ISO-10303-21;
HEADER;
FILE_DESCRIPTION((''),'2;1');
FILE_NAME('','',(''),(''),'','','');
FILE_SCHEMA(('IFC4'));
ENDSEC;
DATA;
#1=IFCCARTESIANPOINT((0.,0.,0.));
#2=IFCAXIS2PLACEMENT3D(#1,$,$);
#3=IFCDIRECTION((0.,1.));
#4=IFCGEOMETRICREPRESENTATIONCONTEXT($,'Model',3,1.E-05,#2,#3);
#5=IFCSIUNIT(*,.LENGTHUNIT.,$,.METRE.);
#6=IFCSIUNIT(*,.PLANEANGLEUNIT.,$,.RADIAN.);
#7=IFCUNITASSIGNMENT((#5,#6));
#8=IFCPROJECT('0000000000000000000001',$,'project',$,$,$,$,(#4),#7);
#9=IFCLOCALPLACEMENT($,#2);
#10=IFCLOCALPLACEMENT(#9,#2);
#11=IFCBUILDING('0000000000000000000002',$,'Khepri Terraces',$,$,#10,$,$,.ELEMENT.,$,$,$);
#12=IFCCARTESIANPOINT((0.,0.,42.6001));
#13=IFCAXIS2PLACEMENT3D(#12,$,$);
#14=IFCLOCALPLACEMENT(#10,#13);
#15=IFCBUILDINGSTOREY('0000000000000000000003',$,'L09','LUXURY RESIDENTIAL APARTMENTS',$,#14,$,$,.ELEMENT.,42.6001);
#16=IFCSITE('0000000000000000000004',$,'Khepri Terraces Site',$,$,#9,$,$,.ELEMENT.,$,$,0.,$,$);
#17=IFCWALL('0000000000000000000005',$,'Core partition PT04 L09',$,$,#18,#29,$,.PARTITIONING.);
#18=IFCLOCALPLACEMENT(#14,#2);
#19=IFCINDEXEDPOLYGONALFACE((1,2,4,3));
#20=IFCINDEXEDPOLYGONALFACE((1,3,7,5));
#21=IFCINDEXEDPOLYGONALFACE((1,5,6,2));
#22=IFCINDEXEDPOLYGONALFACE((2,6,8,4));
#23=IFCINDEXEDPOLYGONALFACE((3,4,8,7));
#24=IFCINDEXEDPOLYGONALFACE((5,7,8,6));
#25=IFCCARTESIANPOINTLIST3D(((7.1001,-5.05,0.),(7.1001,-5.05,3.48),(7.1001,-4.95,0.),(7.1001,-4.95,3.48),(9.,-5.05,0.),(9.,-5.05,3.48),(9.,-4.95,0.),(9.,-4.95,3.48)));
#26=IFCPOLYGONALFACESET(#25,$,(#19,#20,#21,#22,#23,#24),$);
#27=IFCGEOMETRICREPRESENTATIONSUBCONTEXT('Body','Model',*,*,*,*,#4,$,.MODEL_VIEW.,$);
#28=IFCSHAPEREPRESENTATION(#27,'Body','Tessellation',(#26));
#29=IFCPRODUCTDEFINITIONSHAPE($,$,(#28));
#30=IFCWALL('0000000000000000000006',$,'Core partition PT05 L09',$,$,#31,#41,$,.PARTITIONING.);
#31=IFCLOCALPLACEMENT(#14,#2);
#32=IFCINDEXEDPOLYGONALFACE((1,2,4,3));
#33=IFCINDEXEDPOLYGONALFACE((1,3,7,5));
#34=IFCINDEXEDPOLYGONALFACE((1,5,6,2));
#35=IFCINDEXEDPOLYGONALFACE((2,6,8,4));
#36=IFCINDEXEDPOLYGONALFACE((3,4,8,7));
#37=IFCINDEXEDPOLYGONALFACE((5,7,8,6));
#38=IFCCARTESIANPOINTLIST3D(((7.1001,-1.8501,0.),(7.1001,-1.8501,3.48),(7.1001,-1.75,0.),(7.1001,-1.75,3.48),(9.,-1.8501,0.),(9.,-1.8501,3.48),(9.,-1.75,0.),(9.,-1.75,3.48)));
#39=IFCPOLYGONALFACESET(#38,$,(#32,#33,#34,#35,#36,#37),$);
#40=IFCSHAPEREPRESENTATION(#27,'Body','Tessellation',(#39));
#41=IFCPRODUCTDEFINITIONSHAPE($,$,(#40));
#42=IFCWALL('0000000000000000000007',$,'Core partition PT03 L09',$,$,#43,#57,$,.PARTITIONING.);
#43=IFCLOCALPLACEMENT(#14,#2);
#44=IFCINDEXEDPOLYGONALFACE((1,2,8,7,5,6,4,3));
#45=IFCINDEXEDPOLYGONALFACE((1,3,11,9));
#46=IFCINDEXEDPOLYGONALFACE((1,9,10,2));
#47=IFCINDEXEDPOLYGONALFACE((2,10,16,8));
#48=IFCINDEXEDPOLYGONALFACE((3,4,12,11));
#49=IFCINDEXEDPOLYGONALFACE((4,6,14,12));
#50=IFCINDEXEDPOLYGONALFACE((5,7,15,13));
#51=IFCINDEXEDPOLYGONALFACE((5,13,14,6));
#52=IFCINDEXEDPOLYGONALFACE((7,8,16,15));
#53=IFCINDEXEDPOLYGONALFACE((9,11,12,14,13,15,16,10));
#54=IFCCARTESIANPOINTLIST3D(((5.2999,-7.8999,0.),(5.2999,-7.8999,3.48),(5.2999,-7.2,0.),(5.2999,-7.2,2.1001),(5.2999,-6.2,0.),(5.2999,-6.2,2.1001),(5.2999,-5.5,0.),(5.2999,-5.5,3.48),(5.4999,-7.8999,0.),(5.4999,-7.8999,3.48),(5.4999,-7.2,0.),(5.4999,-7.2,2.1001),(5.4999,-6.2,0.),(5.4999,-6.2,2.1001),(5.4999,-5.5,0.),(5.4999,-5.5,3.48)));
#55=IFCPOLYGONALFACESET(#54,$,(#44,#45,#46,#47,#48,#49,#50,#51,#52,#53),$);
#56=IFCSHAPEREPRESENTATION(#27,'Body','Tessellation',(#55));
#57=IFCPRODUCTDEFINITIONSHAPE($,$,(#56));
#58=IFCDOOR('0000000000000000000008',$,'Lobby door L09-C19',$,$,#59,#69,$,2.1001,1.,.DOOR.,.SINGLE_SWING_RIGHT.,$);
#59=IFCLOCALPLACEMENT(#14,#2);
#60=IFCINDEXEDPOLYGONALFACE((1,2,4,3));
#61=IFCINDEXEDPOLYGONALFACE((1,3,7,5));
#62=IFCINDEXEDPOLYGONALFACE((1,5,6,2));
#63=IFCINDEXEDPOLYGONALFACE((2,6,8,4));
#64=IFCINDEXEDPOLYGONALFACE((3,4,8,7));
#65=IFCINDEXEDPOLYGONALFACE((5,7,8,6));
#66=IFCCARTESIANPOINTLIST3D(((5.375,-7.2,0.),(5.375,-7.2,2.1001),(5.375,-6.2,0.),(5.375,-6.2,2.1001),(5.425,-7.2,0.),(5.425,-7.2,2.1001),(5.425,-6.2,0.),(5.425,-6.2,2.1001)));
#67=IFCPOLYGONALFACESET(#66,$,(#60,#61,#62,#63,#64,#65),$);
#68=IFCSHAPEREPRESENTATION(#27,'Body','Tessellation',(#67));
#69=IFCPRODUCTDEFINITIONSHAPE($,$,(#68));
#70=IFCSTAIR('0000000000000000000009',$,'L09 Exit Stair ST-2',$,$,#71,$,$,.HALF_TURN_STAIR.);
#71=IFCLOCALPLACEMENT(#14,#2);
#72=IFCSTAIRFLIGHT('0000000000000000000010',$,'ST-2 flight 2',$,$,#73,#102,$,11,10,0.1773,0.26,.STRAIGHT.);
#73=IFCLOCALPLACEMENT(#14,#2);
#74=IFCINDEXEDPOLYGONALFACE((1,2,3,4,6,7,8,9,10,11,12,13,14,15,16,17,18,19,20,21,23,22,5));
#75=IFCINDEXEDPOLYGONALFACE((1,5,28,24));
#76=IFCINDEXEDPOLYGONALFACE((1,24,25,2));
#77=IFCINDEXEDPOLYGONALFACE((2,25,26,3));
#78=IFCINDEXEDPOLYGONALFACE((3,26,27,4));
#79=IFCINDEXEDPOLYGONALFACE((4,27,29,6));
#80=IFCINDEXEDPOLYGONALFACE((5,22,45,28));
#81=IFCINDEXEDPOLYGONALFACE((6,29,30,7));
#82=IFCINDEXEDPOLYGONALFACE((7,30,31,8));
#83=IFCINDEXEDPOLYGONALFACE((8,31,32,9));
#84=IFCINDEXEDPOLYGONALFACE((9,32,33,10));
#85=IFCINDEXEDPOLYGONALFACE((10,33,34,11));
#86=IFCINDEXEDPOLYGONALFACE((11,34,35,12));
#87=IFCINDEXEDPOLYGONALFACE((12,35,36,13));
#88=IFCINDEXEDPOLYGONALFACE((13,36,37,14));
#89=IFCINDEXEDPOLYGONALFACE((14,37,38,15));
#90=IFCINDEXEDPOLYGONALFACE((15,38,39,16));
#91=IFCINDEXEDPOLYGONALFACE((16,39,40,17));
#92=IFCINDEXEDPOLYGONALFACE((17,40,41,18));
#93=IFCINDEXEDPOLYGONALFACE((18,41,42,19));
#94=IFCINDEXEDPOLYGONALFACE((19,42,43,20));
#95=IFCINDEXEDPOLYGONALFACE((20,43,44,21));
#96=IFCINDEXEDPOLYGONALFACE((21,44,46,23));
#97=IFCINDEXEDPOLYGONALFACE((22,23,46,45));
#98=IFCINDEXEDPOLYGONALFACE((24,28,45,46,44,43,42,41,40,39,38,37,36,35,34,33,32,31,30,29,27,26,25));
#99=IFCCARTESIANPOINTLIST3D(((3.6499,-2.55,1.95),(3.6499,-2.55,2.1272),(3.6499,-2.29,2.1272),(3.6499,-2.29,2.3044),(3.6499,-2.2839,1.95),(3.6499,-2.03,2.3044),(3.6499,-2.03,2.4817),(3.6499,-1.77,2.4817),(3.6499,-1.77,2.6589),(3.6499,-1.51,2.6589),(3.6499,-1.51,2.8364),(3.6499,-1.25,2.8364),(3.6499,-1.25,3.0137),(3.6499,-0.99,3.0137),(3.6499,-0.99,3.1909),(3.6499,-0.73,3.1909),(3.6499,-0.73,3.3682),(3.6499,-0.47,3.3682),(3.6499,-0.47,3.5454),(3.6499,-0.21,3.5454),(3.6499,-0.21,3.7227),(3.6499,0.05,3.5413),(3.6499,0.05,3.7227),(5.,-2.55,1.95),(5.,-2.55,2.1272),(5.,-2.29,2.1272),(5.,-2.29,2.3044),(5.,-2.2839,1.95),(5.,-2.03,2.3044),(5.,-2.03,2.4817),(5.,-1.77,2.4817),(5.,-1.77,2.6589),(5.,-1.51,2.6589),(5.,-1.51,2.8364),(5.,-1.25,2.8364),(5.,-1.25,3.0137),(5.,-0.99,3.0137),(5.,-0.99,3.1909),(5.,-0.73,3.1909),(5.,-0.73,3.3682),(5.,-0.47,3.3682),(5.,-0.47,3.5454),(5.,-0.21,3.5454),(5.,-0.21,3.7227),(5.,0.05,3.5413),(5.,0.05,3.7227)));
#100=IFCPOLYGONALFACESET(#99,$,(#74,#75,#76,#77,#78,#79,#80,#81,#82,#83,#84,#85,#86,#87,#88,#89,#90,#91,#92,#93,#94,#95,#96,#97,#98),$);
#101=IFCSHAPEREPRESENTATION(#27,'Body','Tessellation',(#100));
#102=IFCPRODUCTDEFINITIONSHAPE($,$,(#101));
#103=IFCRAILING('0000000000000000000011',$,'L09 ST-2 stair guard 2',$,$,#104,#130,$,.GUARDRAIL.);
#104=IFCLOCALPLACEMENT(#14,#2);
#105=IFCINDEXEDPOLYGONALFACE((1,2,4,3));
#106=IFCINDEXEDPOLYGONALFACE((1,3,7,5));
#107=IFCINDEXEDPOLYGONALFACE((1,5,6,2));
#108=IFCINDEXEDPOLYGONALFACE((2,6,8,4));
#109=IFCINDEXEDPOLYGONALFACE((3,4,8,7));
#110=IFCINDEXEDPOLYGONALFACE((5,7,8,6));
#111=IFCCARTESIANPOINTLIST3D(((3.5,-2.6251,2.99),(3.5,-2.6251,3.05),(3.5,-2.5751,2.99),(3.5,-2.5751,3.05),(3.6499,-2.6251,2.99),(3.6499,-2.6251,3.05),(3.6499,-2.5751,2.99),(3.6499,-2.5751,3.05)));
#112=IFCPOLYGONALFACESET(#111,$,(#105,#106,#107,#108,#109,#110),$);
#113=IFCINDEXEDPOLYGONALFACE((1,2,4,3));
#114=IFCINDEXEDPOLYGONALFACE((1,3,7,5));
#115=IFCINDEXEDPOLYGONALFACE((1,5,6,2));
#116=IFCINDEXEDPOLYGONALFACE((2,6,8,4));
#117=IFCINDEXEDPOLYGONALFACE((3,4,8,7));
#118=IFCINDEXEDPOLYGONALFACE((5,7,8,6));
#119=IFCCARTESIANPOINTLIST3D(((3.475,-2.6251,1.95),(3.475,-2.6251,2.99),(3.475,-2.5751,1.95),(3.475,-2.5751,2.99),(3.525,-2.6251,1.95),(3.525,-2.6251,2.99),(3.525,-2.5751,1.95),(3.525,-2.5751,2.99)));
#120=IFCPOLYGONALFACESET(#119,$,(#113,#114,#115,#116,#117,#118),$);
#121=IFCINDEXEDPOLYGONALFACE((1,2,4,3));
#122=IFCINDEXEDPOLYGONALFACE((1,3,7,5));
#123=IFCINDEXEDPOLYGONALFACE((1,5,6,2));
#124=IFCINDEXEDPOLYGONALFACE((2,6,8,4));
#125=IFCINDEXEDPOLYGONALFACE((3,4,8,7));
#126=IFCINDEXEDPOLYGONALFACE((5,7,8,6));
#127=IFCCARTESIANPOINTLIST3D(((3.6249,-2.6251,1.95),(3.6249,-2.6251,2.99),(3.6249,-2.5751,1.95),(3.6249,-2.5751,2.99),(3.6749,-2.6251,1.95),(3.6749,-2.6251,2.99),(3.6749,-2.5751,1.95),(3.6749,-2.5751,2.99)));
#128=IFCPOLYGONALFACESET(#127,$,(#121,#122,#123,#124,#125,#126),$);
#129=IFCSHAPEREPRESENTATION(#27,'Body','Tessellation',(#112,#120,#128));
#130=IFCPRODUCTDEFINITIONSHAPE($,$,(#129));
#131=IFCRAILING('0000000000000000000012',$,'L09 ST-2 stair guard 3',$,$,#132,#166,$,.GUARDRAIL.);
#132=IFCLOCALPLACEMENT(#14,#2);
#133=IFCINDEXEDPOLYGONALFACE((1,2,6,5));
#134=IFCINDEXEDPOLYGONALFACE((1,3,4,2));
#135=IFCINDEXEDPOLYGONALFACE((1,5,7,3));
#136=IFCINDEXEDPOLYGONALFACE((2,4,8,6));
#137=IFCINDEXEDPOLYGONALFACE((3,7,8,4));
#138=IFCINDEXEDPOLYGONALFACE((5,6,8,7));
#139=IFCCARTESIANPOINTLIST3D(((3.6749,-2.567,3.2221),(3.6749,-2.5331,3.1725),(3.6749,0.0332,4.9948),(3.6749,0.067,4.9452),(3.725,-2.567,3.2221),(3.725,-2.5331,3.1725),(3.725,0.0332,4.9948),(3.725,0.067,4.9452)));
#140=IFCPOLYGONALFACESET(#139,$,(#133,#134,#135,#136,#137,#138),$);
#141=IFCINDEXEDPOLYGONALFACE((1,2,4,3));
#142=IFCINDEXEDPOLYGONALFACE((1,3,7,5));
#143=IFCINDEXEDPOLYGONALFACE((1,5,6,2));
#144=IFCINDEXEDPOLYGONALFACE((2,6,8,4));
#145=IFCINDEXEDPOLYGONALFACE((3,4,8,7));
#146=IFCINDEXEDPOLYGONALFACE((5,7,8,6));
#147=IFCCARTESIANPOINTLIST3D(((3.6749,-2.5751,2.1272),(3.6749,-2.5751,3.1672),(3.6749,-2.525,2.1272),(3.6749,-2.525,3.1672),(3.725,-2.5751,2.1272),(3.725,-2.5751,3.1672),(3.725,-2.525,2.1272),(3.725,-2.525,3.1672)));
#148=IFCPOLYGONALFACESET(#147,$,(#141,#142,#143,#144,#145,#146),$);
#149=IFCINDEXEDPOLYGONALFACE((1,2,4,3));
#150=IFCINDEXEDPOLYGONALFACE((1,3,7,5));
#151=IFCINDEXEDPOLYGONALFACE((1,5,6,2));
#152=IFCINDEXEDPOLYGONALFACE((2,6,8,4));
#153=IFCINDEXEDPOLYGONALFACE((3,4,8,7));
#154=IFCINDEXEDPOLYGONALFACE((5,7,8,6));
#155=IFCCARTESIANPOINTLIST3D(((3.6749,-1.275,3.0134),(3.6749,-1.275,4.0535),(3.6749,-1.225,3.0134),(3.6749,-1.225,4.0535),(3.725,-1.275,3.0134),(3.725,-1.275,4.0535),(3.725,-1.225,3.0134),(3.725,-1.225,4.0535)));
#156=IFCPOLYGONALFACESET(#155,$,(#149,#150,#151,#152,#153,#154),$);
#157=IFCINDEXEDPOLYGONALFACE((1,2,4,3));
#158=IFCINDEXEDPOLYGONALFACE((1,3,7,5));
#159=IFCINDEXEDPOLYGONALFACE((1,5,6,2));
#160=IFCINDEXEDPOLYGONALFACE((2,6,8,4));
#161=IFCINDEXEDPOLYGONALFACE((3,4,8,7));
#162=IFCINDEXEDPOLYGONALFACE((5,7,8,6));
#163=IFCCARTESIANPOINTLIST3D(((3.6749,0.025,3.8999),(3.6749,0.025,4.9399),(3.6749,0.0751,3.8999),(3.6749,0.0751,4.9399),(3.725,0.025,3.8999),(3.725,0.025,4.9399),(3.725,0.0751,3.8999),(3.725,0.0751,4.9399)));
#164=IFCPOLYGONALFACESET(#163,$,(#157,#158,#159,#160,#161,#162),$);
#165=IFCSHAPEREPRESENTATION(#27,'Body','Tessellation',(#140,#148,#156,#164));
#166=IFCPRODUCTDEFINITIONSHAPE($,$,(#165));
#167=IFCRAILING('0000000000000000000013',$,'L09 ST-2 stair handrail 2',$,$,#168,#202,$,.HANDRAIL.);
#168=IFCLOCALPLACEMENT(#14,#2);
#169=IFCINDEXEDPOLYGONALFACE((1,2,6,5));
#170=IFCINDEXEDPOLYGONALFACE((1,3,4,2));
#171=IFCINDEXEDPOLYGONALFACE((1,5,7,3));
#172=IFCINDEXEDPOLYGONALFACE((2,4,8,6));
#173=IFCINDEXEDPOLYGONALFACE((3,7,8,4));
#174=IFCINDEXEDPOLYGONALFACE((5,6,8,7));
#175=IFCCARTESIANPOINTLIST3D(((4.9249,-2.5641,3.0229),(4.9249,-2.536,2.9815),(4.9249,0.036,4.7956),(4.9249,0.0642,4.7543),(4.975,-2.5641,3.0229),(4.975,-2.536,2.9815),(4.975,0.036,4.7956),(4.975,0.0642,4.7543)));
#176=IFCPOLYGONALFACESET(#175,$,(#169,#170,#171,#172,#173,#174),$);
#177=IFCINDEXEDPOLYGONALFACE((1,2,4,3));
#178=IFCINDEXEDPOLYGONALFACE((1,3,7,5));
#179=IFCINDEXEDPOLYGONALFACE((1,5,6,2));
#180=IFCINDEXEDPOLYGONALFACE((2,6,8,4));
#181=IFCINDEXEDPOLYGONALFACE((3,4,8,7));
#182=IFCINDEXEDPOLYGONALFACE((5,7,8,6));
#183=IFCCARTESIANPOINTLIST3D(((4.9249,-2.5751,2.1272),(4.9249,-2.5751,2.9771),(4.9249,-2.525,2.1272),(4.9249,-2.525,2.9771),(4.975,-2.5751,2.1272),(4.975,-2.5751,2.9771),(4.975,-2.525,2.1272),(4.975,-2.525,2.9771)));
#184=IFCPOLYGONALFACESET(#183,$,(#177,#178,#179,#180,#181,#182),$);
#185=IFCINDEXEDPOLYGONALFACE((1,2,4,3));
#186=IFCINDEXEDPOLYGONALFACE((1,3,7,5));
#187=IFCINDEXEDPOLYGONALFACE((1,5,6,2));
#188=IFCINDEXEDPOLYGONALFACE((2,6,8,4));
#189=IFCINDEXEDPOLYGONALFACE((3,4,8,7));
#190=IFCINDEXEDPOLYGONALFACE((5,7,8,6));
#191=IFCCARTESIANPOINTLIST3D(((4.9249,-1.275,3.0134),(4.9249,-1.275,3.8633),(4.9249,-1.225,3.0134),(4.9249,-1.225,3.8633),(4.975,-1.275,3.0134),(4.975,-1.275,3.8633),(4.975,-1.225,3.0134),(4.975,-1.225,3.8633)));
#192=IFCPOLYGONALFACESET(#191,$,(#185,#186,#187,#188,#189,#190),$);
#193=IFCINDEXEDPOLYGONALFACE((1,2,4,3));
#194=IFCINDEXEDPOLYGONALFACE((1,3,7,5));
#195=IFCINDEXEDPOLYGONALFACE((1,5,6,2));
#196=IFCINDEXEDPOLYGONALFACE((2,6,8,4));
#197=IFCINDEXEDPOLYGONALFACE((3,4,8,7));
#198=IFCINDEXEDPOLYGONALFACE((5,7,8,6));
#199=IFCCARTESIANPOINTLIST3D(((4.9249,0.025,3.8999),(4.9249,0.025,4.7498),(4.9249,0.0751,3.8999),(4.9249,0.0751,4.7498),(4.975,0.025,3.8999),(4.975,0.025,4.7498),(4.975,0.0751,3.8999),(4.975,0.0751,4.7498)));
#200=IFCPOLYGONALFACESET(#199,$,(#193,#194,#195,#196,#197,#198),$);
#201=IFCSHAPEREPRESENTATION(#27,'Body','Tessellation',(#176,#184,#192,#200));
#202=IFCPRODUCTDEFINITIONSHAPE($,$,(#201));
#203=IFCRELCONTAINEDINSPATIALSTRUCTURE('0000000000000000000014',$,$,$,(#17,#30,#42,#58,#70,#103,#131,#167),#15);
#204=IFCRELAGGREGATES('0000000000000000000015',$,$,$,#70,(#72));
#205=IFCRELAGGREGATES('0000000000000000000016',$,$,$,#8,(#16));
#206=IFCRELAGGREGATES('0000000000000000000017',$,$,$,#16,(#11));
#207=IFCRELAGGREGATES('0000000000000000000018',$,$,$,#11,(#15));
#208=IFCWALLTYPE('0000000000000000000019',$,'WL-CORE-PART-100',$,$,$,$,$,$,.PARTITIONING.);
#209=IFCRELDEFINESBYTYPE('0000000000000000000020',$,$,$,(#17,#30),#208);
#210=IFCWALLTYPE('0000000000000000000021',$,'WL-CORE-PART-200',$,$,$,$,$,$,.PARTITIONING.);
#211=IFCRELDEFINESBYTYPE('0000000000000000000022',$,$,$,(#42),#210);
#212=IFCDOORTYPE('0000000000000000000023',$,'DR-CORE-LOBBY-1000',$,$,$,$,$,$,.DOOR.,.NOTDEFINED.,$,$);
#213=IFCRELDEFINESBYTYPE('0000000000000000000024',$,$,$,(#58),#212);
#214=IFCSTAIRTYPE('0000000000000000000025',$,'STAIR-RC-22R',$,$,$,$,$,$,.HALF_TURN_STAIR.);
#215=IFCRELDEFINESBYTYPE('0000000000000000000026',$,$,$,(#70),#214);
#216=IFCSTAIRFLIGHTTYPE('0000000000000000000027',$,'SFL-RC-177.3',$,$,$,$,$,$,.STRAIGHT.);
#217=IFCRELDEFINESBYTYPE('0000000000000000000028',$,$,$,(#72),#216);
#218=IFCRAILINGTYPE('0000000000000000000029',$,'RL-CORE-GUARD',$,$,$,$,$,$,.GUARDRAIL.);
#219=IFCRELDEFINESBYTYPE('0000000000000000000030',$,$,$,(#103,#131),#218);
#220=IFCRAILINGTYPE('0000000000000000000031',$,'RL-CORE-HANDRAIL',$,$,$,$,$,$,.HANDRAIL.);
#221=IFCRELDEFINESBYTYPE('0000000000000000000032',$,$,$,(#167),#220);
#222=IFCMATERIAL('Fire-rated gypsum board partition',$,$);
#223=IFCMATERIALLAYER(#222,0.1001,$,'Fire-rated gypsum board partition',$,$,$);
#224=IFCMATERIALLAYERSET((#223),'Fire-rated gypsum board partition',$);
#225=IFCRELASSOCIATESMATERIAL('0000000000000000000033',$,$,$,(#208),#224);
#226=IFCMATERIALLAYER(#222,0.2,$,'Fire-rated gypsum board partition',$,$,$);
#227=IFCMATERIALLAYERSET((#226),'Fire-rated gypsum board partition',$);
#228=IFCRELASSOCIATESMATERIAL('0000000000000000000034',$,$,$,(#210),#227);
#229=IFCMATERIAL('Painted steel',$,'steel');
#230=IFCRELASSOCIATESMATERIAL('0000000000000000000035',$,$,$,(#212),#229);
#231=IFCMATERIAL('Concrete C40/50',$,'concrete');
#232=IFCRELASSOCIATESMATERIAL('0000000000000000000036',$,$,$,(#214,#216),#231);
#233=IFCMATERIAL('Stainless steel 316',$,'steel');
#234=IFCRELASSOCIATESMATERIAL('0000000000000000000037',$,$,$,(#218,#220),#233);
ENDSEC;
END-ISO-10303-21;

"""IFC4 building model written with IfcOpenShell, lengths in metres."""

from ifc_helpers import new_model, si_unit, direction, frame, frame_2d, origin, origin_2d, place, context, subcontext, project, spatial, polyline, rectangle, outline, extrude, material, layer, layer_set, type_object, element, fill, aggregate, save


model = new_model("IFC4")

# Units and contexts
model_context = context("Model", 3, precision=1e-05, world=origin(), true_north=direction((0.0, 1.0)))
body_context = subcontext(model_context, "Body", "Model", "MODEL_VIEW")
ifc_project = project(units=[si_unit("LENGTHUNIT", "METRE"), si_unit("PLANEANGLEUNIT", "RADIAN")], contexts=[model_context])

# Site, building, storey
site_placement = place(None, origin())
site = spatial("IfcSite", under=ifc_project, at=site_placement, Name="Khepri Terraces Site", CompositionType="ELEMENT", RefElevation=0.0)
building_placement = place(site_placement, origin())
building = spatial("IfcBuilding", under=site, at=building_placement, Name="Khepri Terraces", CompositionType="ELEMENT")
storey_placement = place(building_placement, frame((0.0, 0.0, 42.6001)))
storey = spatial("IfcBuildingStorey", under=building, at=storey_placement, Name="L09", Description="LUXURY RESIDENTIAL APARTMENTS", CompositionType="ELEMENT", Elevation=42.6001)

# Shared definitions
ifc_material_1 = material(Name="Painted steel", Category="steel")

# Walls
ifc_material_2 = material(Name="Fire-rated gypsum board partition")
ifc_layer_1 = layer(ifc_material_2, 0.1001, Name="Fire-rated gypsum board partition")
ifc_layer_set_1 = layer_set([ifc_layer_1], Name="Fire-rated gypsum board partition")
wall_type_1 = type_object("IfcWallType", Name="WL-CORE-PART-100", PredefinedType="PARTITIONING", material=ifc_layer_set_1)
for number, where, z_axis, x_axis, name in (
    (1, (7.1001, -5.0, 0.0), (0.0, 0.0, 1.0), (1.0, 0.0, 0.0), "Core partition PT04 L09"),
    (2, (7.1001, -1.8, 0.0), (0.0, 0.0, 1.0), (1.0, 0.0, 0.0), "Core partition PT05 L09"),
):
    element("IfcWall", number, at=place(storey_placement, frame(where, z_axis=z_axis, x_axis=x_axis)), inside=storey, type_object=wall_type_1, Name=name, PredefinedType="PARTITIONING", context=body_context, shape_type="SweptSolid", body=[
        extrude(rectangle(XDim=1.8999, YDim=0.1001, at=frame_2d((0.95, 0.0))), origin(), (0.0, 0.0, 1.0), 3.48),
    ])

# Wall, opening, door
ifc_layer_2 = layer(ifc_material_2, 0.2, Name="Fire-rated gypsum board partition")
ifc_layer_set_2 = layer_set([ifc_layer_2], Name="Fire-rated gypsum board partition")
wall_type_2 = type_object("IfcWallType", Name="WL-CORE-PART-200", PredefinedType="PARTITIONING", material=ifc_layer_set_2)
wall_1_placement = place(storey_placement, frame((5.3999, -7.8999, 0.0), z_axis=(0.0, 0.0, 1.0), x_axis=(0.0, 1.0, 0.0)))
wall_1 = element("IfcWall", 3, at=wall_1_placement, inside=storey, type_object=wall_type_2, Name="Core partition PT03 L09", PredefinedType="PARTITIONING", context=body_context, shape_type="SweptSolid", body=[
    extrude(rectangle(XDim=2.3999, YDim=0.2, at=frame_2d((1.2, 0.0))), origin(), (0.0, 0.0, 1.0), 3.48),
])
opening_1_placement = place(wall_1_placement, frame((0.7, 0.0, 0.0)))
opening_1 = element("IfcOpeningElement", 4, at=opening_1_placement, cuts=wall_1, PredefinedType="OPENING", context=body_context, shape_type="SweptSolid", body=[
    extrude(rectangle(XDim=1.0, YDim=2.1001, at=frame_2d((0.5, 1.05))), frame((0.0, 0.1099, 0.0), z_axis=(0.0, -1.0, 0.0), x_axis=(1.0, 0.0, 0.0)), (0.0, 0.0, 1.0), 0.22),
])
door_type_1 = type_object("IfcDoorType", Name="DR-CORE-LOBBY-1000", OperationType="NOTDEFINED", PredefinedType="DOOR", material=ifc_material_1)
door_1_placement = place(opening_1_placement, origin())
door_1 = element("IfcDoor", 5, at=door_1_placement, inside=storey, type_object=door_type_1, Name="Lobby door L09-C19", OperationType="SINGLE_SWING_RIGHT", OverallHeight=2.1001, OverallWidth=1.0, PredefinedType="DOOR", context=body_context, shape_type="SweptSolid", body=[
    extrude(rectangle(XDim=1.0, YDim=2.1001, at=frame_2d((0.5, 1.05))), frame((0.0, 0.0249, 0.0), z_axis=(0.0, -1.0, 0.0), x_axis=(1.0, 0.0, 0.0)), (0.0, 0.0, 1.0), 0.05),
])
fill(opening_1, door_1)

# Stair, stair flight
ifc_material_3 = material(Name="Concrete C40/50", Category="concrete")
stair_type = type_object("IfcStairType", Name="STAIR-RC-22R", PredefinedType="HALF_TURN_STAIR", material=ifc_material_3)
stair_placement = place(storey_placement, origin())
stair = element("IfcStair", 6, at=stair_placement, inside=storey, type_object=stair_type, Name="L09 Exit Stair ST-2", PredefinedType="HALF_TURN_STAIR")
stair_flight_type = type_object("IfcStairFlightType", Name="SFL-RC-177.3", PredefinedType="STRAIGHT", material=ifc_material_3)
stair_flight_placement = place(storey_placement, frame((4.325, -2.55, 1.95), z_axis=(0.0, 0.0, 1.0), x_axis=(0.0, 1.0, 0.0)))
stair_flight = element("IfcStairFlight", 7, at=stair_flight_placement, type_object=stair_flight_type, Name="ST-2 flight 2", NumberOfRisers=11, NumberOfTreads=10, PredefinedType="STRAIGHT", RiserHeight=0.1773, TreadLength=0.26, context=body_context, shape_type="SweptSolid", body=[
    extrude(outline(polyline([(0.0, 0.0), (0.0, 0.1772), (0.26, 0.1772), (0.26, 0.3545), (0.52, 0.3545), (0.52, 0.5317), (0.78, 0.5317), (0.78, 0.709), (1.04, 0.709), (1.04, 0.8865), (1.3, 0.8865), (1.3, 1.0637), (1.5601, 1.0637), (1.5601, 1.241), (1.8201, 1.241), (1.8201, 1.4182), (2.0801, 1.4182), (2.0801, 1.5955), (2.3401, 1.5955), (2.3401, 1.7727), (2.6001, 1.7727), (2.6001, 1.95), (2.6001, 1.5913), (0.2661, 0.0), (0.0, 0.0)])), frame((0.0, 0.675, 0.0), z_axis=(0.0, -1.0, 0.0), x_axis=(1.0, 0.0, 0.0)), (0.0, 0.0, 1.0), 1.3501),
])
aggregate(stair, [stair_flight])

# Railings
ifc_material_4 = material(Name="Stainless steel 316", Category="steel")
railing_type_1 = type_object("IfcRailingType", Name="RL-CORE-GUARD", PredefinedType="GUARDRAIL", material=ifc_material_4)
railing_1_placement = place(storey_placement, frame((3.5, -2.6001, 1.95)))
element("IfcRailing", 8, at=railing_1_placement, inside=storey, type_object=railing_type_1, Name="L09 ST-2 stair guard 2", PredefinedType="GUARDRAIL", context=body_context, shape_type="SweptSolid", body=[
    extrude(rectangle(XDim=0.05, YDim=0.0601, at=origin_2d()), frame((0.0, 0.0, 1.0701), z_axis=(1.0, 0.0, 0.0), x_axis=(0.0, 1.0, 0.0)), (0.0, 0.0, 1.0), 0.1499),
    extrude(rectangle(XDim=0.05, YDim=0.05, at=origin_2d()), origin(), (0.0, 0.0, 1.0), 1.04),
    extrude(rectangle(XDim=0.05, YDim=0.05, at=origin_2d()), frame((0.1499, 0.0, 0.0)), (0.0, 0.0, 1.0), 1.04),
])
railing_2_placement = place(storey_placement, frame((3.7, -2.55, 2.1272)))
element("IfcRailing", 9, at=railing_2_placement, inside=storey, type_object=railing_type_1, Name="L09 ST-2 stair guard 3", PredefinedType="GUARDRAIL", context=body_context, shape_type="SweptSolid", body=[
    extrude(rectangle(XDim=0.05, YDim=0.0601, at=origin_2d()), frame((0.0, 0.0, 1.0701), z_axis=(0.0, 0.82624, 0.563318), x_axis=(-1.0, 0.0, 0.0)), (0.0, 0.0, 1.0), 3.147),
    extrude(rectangle(XDim=0.05, YDim=0.05, at=origin_2d()), origin(), (0.0, 0.0, 1.0), 1.04),
    extrude(rectangle(XDim=0.05, YDim=0.05, at=origin_2d()), frame((0.0, 1.3, 0.8862)), (0.0, 0.0, 1.0), 1.04),
    extrude(rectangle(XDim=0.05, YDim=0.05, at=origin_2d()), frame((0.0, 2.6001, 1.7727)), (0.0, 0.0, 1.0), 1.04),
])
railing_type_2 = type_object("IfcRailingType", Name="RL-CORE-HANDRAIL", PredefinedType="HANDRAIL", material=ifc_material_4)
railing_3_placement = place(storey_placement, frame((4.95, -2.55, 2.1272)))
element("IfcRailing", 10, at=railing_3_placement, inside=storey, type_object=railing_type_2, Name="L09 ST-2 stair handrail 2", PredefinedType="HANDRAIL", context=body_context, shape_type="SweptSolid", body=[
    extrude(rectangle(XDim=0.05, YDim=0.05, at=origin_2d()), frame((0.0, 0.0, 0.875), z_axis=(0.0, 0.82624, 0.563318), x_axis=(-1.0, 0.0, 0.0)), (0.0, 0.0, 1.0), 3.147),
    extrude(rectangle(XDim=0.05, YDim=0.05, at=origin_2d()), origin(), (0.0, 0.0, 1.0), 0.8499),
    extrude(rectangle(XDim=0.05, YDim=0.05, at=origin_2d()), frame((0.0, 1.3, 0.8862)), (0.0, 0.0, 1.0), 0.8499),
    extrude(rectangle(XDim=0.05, YDim=0.05, at=origin_2d()), frame((0.0, 2.6001, 1.7727)), (0.0, 0.0, 1.0), 0.8499),
])

save(model, "model.ifc")
